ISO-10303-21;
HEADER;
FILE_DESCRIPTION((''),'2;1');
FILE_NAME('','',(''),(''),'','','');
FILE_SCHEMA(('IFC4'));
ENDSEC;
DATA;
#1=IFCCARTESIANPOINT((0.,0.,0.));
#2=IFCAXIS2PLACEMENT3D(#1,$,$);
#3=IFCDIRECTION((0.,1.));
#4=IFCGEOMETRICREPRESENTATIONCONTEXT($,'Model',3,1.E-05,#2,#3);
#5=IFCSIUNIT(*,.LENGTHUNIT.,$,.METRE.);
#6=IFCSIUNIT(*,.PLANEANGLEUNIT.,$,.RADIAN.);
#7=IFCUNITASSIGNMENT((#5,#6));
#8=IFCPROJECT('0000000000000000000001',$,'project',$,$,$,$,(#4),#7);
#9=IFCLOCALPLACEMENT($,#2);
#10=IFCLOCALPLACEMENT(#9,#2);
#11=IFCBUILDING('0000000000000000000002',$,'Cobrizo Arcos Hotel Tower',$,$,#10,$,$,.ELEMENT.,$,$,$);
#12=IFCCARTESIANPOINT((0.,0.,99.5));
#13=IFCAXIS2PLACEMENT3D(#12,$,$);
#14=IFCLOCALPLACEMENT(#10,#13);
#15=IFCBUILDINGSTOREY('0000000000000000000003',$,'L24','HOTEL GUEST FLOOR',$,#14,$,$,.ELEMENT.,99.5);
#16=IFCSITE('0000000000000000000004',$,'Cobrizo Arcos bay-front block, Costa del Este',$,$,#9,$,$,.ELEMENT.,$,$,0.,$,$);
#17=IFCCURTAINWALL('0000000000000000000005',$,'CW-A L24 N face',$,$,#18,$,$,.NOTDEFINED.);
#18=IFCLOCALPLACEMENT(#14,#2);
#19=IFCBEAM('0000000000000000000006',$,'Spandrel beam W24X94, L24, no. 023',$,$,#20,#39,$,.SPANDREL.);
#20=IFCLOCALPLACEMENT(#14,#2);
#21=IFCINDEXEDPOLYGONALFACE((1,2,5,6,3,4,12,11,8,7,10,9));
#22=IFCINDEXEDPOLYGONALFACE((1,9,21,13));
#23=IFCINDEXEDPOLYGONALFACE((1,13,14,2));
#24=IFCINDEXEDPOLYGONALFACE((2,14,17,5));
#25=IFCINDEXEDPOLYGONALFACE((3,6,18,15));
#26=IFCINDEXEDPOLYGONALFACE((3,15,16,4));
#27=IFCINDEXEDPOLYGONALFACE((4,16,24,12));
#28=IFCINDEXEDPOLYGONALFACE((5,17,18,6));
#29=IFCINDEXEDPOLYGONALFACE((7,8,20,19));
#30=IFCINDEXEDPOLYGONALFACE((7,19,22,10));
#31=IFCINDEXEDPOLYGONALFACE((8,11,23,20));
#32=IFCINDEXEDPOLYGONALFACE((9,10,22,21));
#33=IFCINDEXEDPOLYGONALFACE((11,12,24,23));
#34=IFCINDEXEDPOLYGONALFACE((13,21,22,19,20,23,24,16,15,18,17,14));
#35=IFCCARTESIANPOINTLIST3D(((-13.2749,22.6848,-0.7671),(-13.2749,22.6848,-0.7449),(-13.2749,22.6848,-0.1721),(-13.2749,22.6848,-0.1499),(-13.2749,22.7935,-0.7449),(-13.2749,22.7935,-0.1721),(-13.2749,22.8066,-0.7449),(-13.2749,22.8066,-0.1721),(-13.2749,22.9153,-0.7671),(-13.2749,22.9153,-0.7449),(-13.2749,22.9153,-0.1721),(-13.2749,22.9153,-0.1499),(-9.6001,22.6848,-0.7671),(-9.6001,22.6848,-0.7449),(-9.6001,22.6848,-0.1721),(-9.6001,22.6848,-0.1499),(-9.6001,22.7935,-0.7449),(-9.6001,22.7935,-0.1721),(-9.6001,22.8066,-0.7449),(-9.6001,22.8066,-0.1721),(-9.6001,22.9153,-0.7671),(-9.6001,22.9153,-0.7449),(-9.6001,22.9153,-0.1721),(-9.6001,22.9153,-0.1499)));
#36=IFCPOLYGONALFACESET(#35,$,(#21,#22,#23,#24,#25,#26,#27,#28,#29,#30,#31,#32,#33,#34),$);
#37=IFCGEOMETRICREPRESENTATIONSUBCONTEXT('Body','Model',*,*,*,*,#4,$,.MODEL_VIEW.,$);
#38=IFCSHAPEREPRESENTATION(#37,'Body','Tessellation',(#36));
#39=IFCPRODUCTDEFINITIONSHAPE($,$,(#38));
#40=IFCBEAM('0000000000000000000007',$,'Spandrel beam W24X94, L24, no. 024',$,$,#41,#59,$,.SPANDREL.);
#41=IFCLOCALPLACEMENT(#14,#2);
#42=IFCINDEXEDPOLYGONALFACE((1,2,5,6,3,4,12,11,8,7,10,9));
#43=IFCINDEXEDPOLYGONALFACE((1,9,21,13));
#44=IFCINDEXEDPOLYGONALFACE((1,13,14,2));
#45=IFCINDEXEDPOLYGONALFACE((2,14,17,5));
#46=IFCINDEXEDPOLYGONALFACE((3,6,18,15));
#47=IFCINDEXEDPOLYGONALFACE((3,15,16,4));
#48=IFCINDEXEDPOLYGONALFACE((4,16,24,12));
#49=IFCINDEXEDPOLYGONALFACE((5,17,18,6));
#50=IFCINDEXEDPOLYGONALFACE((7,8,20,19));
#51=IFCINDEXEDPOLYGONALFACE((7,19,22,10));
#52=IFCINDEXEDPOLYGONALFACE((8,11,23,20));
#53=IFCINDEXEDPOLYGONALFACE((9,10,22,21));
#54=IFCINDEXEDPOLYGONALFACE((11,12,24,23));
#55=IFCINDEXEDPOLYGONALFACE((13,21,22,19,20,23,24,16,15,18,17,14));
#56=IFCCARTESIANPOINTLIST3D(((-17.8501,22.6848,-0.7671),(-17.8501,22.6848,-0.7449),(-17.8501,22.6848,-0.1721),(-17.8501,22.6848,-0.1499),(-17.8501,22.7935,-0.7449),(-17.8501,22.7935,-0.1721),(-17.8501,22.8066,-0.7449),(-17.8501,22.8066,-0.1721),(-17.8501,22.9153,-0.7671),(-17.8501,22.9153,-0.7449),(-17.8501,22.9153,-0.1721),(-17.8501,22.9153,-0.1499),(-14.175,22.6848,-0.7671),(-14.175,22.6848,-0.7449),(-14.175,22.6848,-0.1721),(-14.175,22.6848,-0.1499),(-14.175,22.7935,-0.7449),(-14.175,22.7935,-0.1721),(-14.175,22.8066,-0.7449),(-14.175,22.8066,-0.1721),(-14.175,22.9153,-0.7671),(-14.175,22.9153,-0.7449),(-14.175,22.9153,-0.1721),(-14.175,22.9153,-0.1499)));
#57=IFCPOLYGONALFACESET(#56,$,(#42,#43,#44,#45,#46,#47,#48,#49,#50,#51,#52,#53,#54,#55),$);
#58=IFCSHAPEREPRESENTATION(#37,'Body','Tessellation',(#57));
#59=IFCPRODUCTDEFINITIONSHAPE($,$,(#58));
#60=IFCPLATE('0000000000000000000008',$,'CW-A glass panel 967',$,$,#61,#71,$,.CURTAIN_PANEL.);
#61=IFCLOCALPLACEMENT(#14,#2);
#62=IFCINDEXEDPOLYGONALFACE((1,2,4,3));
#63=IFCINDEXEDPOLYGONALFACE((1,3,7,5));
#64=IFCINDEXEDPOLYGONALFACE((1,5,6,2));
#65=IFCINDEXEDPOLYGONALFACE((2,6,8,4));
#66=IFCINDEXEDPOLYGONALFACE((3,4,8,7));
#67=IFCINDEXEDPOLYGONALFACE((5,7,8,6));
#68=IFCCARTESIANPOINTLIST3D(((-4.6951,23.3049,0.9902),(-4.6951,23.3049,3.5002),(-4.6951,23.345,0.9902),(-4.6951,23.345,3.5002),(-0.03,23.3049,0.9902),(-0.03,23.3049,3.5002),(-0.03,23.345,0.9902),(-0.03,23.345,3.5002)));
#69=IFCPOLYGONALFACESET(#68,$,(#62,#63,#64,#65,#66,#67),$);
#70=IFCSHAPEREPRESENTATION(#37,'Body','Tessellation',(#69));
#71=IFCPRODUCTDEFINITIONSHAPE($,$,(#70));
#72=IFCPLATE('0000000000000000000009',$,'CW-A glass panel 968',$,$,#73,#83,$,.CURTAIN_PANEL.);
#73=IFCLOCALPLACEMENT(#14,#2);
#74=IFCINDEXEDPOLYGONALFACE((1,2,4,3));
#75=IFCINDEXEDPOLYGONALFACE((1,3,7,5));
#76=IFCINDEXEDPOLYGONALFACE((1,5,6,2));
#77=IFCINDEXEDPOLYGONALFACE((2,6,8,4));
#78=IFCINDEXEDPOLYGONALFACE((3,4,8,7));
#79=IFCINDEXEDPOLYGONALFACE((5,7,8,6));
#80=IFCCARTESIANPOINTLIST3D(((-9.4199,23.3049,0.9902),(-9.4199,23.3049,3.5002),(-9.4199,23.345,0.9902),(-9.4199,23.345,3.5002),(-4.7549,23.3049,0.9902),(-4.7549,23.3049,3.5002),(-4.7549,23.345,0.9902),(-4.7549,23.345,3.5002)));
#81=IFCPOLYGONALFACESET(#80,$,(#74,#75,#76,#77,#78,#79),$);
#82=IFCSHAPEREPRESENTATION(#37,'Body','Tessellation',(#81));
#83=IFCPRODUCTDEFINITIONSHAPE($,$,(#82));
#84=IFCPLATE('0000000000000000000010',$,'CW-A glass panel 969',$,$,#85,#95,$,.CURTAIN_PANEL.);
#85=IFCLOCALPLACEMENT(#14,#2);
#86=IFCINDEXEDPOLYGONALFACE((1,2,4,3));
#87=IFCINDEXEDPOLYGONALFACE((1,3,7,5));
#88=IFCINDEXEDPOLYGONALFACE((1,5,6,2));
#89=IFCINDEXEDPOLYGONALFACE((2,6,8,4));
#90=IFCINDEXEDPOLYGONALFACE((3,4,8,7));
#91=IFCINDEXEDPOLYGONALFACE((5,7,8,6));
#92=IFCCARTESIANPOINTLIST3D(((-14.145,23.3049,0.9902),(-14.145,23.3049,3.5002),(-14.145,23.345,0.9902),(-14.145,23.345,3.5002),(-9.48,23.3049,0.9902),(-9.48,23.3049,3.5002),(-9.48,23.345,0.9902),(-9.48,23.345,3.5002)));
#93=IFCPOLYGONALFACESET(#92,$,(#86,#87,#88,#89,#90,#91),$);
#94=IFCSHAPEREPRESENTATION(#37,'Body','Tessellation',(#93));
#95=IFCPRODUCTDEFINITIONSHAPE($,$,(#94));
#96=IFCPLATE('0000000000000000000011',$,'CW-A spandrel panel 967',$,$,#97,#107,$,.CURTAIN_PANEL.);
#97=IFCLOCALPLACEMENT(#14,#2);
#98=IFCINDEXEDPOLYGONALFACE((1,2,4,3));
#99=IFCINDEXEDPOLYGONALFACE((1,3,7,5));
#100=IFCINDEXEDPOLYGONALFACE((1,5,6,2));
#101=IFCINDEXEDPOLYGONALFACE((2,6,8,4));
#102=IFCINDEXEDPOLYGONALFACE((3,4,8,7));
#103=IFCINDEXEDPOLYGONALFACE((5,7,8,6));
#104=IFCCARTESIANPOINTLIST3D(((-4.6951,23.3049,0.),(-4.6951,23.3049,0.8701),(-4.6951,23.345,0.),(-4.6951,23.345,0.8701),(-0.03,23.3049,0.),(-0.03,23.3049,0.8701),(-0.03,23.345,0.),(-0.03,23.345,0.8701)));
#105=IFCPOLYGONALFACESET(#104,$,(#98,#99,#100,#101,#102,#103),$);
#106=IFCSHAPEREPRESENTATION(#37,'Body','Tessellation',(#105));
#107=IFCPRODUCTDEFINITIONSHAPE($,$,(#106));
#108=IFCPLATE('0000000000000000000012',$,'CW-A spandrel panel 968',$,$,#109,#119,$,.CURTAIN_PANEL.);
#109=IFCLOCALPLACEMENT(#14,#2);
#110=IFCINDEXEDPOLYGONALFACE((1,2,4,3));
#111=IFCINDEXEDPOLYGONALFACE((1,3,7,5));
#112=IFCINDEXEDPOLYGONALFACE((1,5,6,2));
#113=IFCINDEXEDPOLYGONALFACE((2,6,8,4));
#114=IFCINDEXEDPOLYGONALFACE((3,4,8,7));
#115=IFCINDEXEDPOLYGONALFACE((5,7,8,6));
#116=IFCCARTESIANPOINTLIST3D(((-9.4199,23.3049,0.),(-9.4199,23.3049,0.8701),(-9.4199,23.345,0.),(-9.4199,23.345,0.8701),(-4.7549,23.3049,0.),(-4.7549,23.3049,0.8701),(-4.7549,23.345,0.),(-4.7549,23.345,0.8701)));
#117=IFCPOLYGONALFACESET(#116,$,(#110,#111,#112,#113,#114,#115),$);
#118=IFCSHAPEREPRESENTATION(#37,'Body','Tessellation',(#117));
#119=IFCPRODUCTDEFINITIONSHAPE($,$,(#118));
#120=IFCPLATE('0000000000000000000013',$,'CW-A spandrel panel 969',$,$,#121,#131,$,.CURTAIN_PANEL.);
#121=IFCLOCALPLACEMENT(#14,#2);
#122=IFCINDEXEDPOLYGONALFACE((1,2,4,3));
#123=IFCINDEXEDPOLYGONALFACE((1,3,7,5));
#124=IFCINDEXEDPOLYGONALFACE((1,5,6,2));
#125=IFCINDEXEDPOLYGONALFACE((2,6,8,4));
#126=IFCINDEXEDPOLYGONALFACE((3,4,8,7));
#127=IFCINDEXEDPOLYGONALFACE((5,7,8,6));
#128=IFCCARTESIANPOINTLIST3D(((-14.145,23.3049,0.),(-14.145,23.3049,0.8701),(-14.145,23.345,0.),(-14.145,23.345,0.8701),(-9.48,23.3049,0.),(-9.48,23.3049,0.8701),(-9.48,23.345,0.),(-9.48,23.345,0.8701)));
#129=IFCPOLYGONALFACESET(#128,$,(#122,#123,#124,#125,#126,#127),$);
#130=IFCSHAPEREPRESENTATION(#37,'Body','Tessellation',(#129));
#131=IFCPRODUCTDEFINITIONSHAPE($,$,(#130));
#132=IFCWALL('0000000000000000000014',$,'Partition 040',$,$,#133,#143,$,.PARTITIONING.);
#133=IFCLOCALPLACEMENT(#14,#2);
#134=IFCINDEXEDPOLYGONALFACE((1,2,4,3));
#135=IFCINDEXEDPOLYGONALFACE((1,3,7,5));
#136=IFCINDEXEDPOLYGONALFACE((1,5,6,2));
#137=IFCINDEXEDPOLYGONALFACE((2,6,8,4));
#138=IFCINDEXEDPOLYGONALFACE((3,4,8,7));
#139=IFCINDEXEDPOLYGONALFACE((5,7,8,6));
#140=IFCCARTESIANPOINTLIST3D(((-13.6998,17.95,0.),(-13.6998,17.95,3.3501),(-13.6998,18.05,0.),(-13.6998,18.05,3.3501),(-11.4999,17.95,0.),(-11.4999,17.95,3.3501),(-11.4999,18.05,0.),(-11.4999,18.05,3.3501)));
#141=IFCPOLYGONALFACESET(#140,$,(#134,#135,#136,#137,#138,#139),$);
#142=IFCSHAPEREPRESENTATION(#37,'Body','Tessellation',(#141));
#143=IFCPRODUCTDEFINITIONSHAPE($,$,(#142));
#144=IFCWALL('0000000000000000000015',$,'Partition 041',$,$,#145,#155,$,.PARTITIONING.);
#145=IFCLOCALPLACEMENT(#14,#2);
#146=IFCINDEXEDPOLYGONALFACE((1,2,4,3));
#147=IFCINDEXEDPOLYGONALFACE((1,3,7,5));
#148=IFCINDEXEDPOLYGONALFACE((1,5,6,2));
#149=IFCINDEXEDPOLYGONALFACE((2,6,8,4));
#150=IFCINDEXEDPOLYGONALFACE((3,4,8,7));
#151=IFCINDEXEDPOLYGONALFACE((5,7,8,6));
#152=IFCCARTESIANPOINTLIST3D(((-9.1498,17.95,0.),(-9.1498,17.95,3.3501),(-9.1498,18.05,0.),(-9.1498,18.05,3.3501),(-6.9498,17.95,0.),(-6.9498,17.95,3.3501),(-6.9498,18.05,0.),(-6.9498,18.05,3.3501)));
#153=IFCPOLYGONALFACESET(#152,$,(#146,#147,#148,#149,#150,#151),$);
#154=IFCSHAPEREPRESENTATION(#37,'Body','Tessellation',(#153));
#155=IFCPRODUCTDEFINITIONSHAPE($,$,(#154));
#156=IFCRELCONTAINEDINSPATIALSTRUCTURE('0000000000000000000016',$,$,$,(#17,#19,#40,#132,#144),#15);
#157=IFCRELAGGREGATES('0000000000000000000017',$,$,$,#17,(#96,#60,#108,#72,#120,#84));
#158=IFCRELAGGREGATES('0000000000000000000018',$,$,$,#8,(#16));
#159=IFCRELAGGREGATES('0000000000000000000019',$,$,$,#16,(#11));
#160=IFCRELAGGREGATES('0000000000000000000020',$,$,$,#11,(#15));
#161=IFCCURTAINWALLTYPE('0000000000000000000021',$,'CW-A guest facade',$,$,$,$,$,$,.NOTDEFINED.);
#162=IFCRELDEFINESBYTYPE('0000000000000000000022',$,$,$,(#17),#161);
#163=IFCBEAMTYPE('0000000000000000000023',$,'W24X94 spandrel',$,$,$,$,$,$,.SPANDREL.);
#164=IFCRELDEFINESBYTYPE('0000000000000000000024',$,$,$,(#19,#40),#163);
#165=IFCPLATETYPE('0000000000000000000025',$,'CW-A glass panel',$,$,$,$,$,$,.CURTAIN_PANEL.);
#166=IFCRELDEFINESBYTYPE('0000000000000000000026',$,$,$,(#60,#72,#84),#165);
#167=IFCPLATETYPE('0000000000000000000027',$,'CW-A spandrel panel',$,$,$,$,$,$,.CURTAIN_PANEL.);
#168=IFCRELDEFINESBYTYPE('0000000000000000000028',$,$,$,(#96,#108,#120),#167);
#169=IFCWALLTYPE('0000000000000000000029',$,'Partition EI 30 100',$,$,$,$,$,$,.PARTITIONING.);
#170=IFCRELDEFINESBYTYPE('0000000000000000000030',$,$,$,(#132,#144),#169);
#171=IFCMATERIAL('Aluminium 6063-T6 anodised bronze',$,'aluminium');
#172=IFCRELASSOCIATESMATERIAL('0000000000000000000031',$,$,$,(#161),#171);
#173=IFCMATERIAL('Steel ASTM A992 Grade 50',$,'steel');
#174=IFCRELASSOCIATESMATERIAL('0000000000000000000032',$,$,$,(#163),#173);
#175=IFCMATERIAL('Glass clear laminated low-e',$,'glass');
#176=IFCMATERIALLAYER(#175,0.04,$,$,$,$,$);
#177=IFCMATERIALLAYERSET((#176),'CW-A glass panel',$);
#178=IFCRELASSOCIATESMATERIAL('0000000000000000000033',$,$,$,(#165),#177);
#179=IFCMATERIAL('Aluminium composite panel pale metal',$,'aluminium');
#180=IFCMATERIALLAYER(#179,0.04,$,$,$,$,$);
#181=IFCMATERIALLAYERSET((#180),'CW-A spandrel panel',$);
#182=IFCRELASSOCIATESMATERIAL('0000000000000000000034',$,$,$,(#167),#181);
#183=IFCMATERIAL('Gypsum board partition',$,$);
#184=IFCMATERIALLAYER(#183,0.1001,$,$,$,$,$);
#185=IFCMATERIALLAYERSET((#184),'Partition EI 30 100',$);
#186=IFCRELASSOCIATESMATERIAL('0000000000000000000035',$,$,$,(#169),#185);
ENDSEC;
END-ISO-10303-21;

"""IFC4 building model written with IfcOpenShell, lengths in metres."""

from ifc_helpers import new_model, si_unit, direction, frame, frame_2d, origin, origin_2d, place, context, subcontext, project, spatial, rectangle, i_section, extrude, material, layer, layer_set, material_profile, profile_set, type_object, element, aggregate, save


model = new_model("IFC4")

# Units and contexts
model_context = context("Model", 3, precision=1e-05, world=origin(), true_north=direction((0.0, 1.0)))
body_context = subcontext(model_context, "Body", "Model", "MODEL_VIEW")
ifc_project = project(units=[si_unit("LENGTHUNIT", "METRE"), si_unit("PLANEANGLEUNIT", "RADIAN")], contexts=[model_context])

# Site, building, storey
site_placement = place(None, origin())
site = spatial("IfcSite", under=ifc_project, at=site_placement, Name="Cobrizo Arcos bay-front block, Costa del Este", CompositionType="ELEMENT", RefElevation=0.0)
building_placement = place(site_placement, origin())
building = spatial("IfcBuilding", under=site, at=building_placement, Name="Cobrizo Arcos Hotel Tower", CompositionType="ELEMENT")
storey_placement = place(building_placement, frame((0.0, 0.0, 99.5)))
storey = spatial("IfcBuildingStorey", under=building, at=storey_placement, Name="L24", Description="HOTEL GUEST FLOOR", CompositionType="ELEMENT", Elevation=99.5)

# Curtain wall
ifc_material_1 = material(Name="Aluminium 6063-T6 anodised bronze", Category="aluminium")
curtain_wall_type = type_object("IfcCurtainWallType", Name="CW-A guest facade", PredefinedType="NOTDEFINED", material=ifc_material_1)
curtain_wall_placement = place(storey_placement, origin())
curtain_wall = element("IfcCurtainWall", 1, at=curtain_wall_placement, inside=storey, type_object=curtain_wall_type, Name="CW-A L24 N face", PredefinedType="NOTDEFINED")

# Beams
ifc_material_2 = material(Name="Steel ASTM A992 Grade 50", Category="steel")
ifc_material_profile_1 = material_profile(ifc_material_2, i_section(OverallWidth=0.2305, OverallDepth=0.6172, WebThickness=0.0132, FlangeThickness=0.0222, at=origin_2d()), Name="W24X94")
ifc_profile_set_1 = profile_set([ifc_material_profile_1], Name="Steel ASTM A992 Grade 50")
beam_type = type_object("IfcBeamType", Name="W24X94 spandrel", PredefinedType="SPANDREL", material=ifc_profile_set_1)
beam_1_placement = place(storey_placement, frame((-9.6001, 22.8, -0.4585), z_axis=(-1.0, 0.0, 0.0), x_axis=(0.0, -1.0, 0.0)))
element("IfcBeam", 2, at=beam_1_placement, inside=storey, type_object=beam_type, Name="Spandrel beam W24X94, L24, no. 023", PredefinedType="SPANDREL", context=body_context, shape_type="SweptSolid", body=[
    extrude(i_section(OverallWidth=0.2305, OverallDepth=0.6172, WebThickness=0.0132, FlangeThickness=0.0222, at=origin_2d()), origin(), (0.0, 0.0, 1.0), 3.6748),
])
beam_2_placement = place(storey_placement, frame((-14.175, 22.8, -0.4585), z_axis=(-1.0, 0.0, 0.0), x_axis=(0.0, -1.0, 0.0)))
element("IfcBeam", 3, at=beam_2_placement, inside=storey, type_object=beam_type, Name="Spandrel beam W24X94, L24, no. 024", PredefinedType="SPANDREL", context=body_context, shape_type="SweptSolid", body=[
    extrude(i_section(OverallWidth=0.2305, OverallDepth=0.6172, WebThickness=0.0132, FlangeThickness=0.0222, at=origin_2d()), origin(), (0.0, 0.0, 1.0), 3.675),
])

# Plates
ifc_material_3 = material(Name="Glass clear laminated low-e", Category="glass")
ifc_layer_1 = layer(ifc_material_3, 0.04)
ifc_layer_set_1 = layer_set([ifc_layer_1], Name="CW-A glass panel")
plate_type_1 = type_object("IfcPlateType", Name="CW-A glass panel", PredefinedType="CURTAIN_PANEL", material=ifc_layer_set_1)
plate_1_placement = place(storey_placement, frame((-2.3625, 23.325, 0.9902), z_axis=(0.0, 0.0, 1.0), x_axis=(-1.0, 0.0, 0.0)))
plate_1 = element("IfcPlate", 4, at=plate_1_placement, type_object=plate_type_1, Name="CW-A glass panel 967", PredefinedType="CURTAIN_PANEL", context=body_context, shape_type="SweptSolid", body=[
    extrude(rectangle(XDim=4.665, YDim=0.04, at=origin_2d()), origin(), (0.0, 0.0, 1.0), 2.51),
])
plate_2_placement = place(storey_placement, frame((-7.0874, 23.325, 0.9902), z_axis=(0.0, 0.0, 1.0), x_axis=(-1.0, 0.0, 0.0)))
plate_2 = element("IfcPlate", 5, at=plate_2_placement, type_object=plate_type_1, Name="CW-A glass panel 968", PredefinedType="CURTAIN_PANEL", context=body_context, shape_type="SweptSolid", body=[
    extrude(rectangle(XDim=4.665, YDim=0.04, at=origin_2d()), origin(), (0.0, 0.0, 1.0), 2.51),
])
plate_3_placement = place(storey_placement, frame((-11.8125, 23.325, 0.9902), z_axis=(0.0, 0.0, 1.0), x_axis=(-1.0, 0.0, 0.0)))
plate_3 = element("IfcPlate", 6, at=plate_3_placement, type_object=plate_type_1, Name="CW-A glass panel 969", PredefinedType="CURTAIN_PANEL", context=body_context, shape_type="SweptSolid", body=[
    extrude(rectangle(XDim=4.665, YDim=0.04, at=origin_2d()), origin(), (0.0, 0.0, 1.0), 2.51),
])
ifc_material_4 = material(Name="Aluminium composite panel pale metal", Category="aluminium")
ifc_layer_2 = layer(ifc_material_4, 0.04)
ifc_layer_set_2 = layer_set([ifc_layer_2], Name="CW-A spandrel panel")
plate_type_2 = type_object("IfcPlateType", Name="CW-A spandrel panel", PredefinedType="CURTAIN_PANEL", material=ifc_layer_set_2)
plate_4_placement = place(storey_placement, frame((-2.3625, 23.325, 0.0), z_axis=(0.0, 0.0, 1.0), x_axis=(-1.0, 0.0, 0.0)))
plate_4 = element("IfcPlate", 7, at=plate_4_placement, type_object=plate_type_2, Name="CW-A spandrel panel 967", PredefinedType="CURTAIN_PANEL", context=body_context, shape_type="SweptSolid", body=[
    extrude(rectangle(XDim=4.665, YDim=0.04, at=origin_2d()), origin(), (0.0, 0.0, 1.0), 0.8701),
])
plate_5_placement = place(storey_placement, frame((-7.0874, 23.325, 0.0), z_axis=(0.0, 0.0, 1.0), x_axis=(-1.0, 0.0, 0.0)))
plate_5 = element("IfcPlate", 8, at=plate_5_placement, type_object=plate_type_2, Name="CW-A spandrel panel 968", PredefinedType="CURTAIN_PANEL", context=body_context, shape_type="SweptSolid", body=[
    extrude(rectangle(XDim=4.665, YDim=0.04, at=origin_2d()), origin(), (0.0, 0.0, 1.0), 0.8701),
])
plate_6_placement = place(storey_placement, frame((-11.8125, 23.325, 0.0), z_axis=(0.0, 0.0, 1.0), x_axis=(-1.0, 0.0, 0.0)))
plate_6 = element("IfcPlate", 9, at=plate_6_placement, type_object=plate_type_2, Name="CW-A spandrel panel 969", PredefinedType="CURTAIN_PANEL", context=body_context, shape_type="SweptSolid", body=[
    extrude(rectangle(XDim=4.665, YDim=0.04, at=origin_2d()), origin(), (0.0, 0.0, 1.0), 0.8701),
])
aggregate(curtain_wall, [plate_4, plate_1, plate_5, plate_2, plate_6, plate_3])

# Walls
ifc_material_5 = material(Name="Gypsum board partition")
ifc_layer_3 = layer(ifc_material_5, 0.1001)
ifc_layer_set_3 = layer_set([ifc_layer_3], Name="Partition EI 30 100")
wall_type = type_object("IfcWallType", Name="Partition EI 30 100", PredefinedType="PARTITIONING", material=ifc_layer_set_3)
for number, where, z_axis, x_axis, name in (
    (10, (-13.7, 18.0, 0.0), (0.0, 0.0, 1.0), (1.0, 0.0, 0.0), "Partition 040"),
    (11, (-9.1499, 18.0, 0.0), (0.0, 0.0, 1.0), (1.0, 0.0, 0.0), "Partition 041"),
):
    element("IfcWall", number, at=place(storey_placement, frame(where, z_axis=z_axis, x_axis=x_axis)), inside=storey, type_object=wall_type, Name=name, PredefinedType="PARTITIONING", context=body_context, shape_type="SweptSolid", body=[
        extrude(rectangle(XDim=2.2, YDim=0.1001, at=frame_2d((1.1001, 0.0))), origin(), (0.0, 0.0, 1.0), 3.3501),
    ])

save(model, "model.ifc")
